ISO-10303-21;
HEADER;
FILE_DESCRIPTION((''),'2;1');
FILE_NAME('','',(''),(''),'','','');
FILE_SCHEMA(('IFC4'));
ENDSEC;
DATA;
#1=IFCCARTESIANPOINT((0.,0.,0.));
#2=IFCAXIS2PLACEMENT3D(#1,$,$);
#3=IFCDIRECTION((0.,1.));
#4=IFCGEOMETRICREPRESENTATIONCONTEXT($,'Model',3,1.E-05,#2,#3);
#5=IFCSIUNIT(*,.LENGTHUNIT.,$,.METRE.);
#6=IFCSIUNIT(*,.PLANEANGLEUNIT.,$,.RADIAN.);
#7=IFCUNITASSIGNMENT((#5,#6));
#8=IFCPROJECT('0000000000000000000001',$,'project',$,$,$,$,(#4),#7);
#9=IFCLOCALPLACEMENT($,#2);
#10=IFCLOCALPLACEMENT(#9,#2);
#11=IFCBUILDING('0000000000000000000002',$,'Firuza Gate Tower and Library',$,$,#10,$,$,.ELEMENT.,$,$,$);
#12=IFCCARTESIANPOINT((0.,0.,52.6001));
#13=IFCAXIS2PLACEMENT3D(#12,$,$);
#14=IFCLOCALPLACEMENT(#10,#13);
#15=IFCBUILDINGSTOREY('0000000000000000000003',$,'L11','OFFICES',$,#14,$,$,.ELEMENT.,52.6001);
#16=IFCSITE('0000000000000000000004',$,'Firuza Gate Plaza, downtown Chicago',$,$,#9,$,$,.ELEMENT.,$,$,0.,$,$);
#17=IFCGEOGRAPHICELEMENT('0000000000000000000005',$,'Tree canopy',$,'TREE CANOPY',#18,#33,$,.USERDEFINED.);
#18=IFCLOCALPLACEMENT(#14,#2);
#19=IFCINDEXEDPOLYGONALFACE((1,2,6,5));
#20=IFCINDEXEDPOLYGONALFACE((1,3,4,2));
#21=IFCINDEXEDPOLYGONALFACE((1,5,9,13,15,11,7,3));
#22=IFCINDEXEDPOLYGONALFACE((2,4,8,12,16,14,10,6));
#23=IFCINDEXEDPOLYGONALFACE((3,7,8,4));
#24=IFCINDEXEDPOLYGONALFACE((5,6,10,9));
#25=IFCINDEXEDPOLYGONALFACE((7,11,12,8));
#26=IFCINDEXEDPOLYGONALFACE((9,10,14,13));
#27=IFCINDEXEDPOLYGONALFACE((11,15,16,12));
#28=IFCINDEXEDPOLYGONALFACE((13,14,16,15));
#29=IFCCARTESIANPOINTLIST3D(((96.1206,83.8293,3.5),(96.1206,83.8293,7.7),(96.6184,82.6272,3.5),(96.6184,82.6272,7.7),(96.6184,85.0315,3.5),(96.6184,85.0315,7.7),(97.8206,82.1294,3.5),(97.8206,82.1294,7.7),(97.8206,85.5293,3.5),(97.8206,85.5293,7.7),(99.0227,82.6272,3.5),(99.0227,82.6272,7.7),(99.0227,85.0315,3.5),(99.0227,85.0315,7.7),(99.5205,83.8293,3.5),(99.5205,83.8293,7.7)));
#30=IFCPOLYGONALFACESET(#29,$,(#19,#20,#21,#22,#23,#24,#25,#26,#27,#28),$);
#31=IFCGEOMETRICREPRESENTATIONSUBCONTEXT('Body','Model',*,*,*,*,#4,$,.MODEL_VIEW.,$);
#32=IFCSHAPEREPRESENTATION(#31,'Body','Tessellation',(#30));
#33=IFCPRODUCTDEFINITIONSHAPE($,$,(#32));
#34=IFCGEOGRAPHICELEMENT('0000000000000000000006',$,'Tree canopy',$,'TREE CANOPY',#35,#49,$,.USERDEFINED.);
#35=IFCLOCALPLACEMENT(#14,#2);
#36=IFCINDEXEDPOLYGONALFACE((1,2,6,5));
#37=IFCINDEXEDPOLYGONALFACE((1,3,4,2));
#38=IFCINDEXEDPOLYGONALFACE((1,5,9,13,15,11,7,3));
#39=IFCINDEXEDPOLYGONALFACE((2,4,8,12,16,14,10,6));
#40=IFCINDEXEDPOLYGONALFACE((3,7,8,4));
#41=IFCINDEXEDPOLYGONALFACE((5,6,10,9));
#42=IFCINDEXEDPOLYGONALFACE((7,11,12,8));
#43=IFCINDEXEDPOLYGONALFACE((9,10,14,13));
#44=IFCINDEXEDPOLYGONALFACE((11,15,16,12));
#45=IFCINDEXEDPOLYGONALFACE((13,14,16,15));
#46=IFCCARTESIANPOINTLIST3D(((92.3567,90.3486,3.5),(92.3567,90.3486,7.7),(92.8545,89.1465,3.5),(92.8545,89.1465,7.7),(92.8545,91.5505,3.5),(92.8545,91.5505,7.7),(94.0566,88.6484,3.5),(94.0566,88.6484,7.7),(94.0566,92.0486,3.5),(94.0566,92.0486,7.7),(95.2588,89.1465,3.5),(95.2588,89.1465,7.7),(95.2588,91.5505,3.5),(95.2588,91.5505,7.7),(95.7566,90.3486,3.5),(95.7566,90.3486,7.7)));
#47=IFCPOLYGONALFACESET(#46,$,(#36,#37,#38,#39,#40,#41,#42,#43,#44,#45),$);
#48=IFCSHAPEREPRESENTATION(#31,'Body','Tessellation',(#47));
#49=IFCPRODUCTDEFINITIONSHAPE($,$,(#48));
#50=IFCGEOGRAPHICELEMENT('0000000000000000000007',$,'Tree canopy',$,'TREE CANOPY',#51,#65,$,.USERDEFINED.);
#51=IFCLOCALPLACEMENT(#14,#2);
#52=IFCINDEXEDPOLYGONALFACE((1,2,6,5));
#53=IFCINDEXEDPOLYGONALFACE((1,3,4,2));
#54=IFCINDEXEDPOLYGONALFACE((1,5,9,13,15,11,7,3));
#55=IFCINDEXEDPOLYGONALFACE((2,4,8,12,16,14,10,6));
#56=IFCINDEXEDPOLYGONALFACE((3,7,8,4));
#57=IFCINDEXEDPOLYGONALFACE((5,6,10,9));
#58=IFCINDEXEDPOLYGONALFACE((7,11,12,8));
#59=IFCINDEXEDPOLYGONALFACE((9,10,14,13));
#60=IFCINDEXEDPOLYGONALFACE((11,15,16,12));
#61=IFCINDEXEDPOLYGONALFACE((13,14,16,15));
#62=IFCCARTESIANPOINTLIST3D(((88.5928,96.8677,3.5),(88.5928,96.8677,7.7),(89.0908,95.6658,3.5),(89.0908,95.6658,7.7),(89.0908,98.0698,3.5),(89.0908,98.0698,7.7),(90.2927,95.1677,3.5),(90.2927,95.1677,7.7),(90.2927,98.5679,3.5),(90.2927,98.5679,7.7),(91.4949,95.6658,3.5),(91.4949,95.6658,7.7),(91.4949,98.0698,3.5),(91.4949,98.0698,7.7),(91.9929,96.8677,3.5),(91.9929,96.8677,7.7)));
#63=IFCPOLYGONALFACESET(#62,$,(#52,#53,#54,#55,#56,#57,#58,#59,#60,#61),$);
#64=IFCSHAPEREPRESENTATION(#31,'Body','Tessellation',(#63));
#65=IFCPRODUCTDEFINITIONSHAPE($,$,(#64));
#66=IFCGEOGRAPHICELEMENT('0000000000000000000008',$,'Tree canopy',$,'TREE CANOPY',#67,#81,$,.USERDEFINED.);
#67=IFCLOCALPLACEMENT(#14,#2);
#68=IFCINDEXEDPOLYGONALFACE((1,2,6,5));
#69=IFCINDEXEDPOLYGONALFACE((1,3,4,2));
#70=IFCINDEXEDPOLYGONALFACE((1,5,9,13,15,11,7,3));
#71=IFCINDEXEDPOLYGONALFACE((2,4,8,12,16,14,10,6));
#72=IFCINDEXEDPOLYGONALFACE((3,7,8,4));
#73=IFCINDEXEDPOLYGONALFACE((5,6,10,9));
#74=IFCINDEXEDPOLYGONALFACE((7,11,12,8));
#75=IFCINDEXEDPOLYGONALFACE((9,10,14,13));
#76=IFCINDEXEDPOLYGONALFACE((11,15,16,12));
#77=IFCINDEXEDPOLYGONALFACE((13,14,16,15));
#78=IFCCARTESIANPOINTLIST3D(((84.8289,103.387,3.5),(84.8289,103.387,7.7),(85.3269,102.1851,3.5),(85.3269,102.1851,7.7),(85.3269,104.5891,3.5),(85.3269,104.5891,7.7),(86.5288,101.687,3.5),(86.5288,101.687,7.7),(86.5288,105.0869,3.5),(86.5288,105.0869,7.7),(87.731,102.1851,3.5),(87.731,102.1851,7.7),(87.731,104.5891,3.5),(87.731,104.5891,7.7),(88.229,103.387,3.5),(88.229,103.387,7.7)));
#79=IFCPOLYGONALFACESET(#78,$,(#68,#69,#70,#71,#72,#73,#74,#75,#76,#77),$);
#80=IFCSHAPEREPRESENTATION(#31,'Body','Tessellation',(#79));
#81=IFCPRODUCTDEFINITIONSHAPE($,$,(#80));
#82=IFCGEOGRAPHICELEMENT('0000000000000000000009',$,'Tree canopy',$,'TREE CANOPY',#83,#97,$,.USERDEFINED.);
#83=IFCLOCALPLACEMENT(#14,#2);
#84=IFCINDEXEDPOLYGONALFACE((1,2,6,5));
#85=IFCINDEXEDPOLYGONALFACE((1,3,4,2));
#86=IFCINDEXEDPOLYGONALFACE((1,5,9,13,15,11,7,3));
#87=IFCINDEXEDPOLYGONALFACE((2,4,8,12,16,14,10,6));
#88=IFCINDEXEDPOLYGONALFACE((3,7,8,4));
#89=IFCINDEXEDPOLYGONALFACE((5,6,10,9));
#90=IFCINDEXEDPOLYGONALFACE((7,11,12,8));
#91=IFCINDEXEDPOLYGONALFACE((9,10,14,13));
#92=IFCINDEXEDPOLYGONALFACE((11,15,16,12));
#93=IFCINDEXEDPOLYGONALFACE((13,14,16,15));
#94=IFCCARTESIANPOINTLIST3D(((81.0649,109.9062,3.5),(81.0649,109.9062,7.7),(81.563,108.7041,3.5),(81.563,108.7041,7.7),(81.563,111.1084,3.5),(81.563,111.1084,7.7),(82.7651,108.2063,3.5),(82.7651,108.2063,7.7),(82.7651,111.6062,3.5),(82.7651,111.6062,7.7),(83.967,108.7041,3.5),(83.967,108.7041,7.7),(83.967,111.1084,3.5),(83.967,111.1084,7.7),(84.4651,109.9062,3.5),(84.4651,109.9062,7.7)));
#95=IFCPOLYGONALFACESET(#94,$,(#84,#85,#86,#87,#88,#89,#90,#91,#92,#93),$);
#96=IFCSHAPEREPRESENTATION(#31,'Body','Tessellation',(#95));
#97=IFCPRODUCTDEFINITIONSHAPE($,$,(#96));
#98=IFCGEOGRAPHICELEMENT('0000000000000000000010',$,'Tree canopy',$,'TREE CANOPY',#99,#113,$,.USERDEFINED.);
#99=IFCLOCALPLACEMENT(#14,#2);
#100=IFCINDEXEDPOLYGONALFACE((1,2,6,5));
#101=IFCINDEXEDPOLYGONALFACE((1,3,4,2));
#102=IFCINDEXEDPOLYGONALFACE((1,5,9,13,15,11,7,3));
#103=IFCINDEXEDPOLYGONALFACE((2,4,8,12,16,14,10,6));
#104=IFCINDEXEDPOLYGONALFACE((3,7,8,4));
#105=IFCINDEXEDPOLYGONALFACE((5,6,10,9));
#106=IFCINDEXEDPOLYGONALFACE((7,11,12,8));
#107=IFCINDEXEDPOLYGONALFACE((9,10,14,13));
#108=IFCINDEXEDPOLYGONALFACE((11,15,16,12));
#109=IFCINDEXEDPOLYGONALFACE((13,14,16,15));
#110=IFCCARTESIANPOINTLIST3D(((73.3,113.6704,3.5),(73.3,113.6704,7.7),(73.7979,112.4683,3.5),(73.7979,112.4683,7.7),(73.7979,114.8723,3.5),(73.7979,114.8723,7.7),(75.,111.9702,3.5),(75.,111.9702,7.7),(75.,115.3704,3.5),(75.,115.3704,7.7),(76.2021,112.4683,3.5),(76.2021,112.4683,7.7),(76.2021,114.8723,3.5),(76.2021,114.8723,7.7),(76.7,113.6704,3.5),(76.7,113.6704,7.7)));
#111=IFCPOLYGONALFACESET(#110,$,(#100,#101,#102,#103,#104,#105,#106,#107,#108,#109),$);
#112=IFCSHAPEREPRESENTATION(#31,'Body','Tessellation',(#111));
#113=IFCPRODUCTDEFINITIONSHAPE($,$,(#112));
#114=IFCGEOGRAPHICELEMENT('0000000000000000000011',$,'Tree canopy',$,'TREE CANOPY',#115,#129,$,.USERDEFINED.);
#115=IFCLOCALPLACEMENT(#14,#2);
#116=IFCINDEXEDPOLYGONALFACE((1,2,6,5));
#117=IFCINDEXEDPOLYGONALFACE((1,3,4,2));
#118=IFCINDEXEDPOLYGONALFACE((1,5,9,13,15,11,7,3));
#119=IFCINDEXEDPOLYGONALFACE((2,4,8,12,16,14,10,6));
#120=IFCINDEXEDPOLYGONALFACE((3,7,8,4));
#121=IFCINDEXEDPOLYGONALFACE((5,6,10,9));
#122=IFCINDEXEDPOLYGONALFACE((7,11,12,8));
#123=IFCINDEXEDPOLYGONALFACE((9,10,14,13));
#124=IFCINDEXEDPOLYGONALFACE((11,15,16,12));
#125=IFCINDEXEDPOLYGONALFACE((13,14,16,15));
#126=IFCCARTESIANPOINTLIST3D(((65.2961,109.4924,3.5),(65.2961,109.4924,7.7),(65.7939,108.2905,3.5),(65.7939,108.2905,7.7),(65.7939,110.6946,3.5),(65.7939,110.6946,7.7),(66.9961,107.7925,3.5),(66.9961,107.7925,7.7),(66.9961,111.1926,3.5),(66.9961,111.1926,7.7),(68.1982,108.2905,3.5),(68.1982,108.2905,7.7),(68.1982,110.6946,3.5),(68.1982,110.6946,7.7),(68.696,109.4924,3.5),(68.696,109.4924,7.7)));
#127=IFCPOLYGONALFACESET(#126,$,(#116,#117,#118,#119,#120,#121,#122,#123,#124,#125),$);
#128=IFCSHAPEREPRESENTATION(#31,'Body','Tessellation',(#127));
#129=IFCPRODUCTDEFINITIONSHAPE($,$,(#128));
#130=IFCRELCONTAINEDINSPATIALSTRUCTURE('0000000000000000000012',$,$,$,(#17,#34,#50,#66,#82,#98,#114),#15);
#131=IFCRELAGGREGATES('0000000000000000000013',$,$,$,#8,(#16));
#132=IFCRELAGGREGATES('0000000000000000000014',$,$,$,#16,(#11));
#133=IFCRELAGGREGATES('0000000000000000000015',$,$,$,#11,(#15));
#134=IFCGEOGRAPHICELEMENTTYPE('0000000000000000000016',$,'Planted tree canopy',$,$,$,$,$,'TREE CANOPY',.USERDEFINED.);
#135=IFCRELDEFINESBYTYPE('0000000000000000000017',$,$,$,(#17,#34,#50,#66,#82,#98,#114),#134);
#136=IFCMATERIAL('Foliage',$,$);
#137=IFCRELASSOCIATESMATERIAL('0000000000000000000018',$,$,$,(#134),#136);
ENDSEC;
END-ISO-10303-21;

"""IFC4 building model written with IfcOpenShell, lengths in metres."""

from ifc_helpers import new_model, si_unit, direction, frame, origin, place, context, subcontext, project, spatial, polyline, outline, extrude, material, type_object, element, save


model = new_model("IFC4")

# Units and contexts
model_context = context("Model", 3, precision=1e-05, world=origin(), true_north=direction((0.0, 1.0)))
body_context = subcontext(model_context, "Body", "Model", "MODEL_VIEW")
ifc_project = project(units=[si_unit("LENGTHUNIT", "METRE"), si_unit("PLANEANGLEUNIT", "RADIAN")], contexts=[model_context])

# Site, building, storey
site_placement = place(None, origin())
site = spatial("IfcSite", under=ifc_project, at=site_placement, Name="Firuza Gate Plaza, downtown Chicago", CompositionType="ELEMENT", RefElevation=0.0)
building_placement = place(site_placement, origin())
building = spatial("IfcBuilding", under=site, at=building_placement, Name="Firuza Gate Tower and Library", CompositionType="ELEMENT")
storey_placement = place(building_placement, frame((0.0, 0.0, 52.6001)))
storey = spatial("IfcBuildingStorey", under=building, at=storey_placement, Name="L11", Description="OFFICES", CompositionType="ELEMENT", Elevation=52.6001)

# Geographic elements
ifc_material_1 = material(Name="Foliage")
geographic_element_type = type_object("IfcGeographicElementType", Name="Planted tree canopy", ElementType="TREE CANOPY", PredefinedType="USERDEFINED", material=ifc_material_1)
placement_1 = place(storey_placement, frame((0.0, 0.0, 3.5)))
element("IfcGeographicElement", 1, at=placement_1, inside=storey, type_object=geographic_element_type, Name="Tree canopy", ObjectType="TREE CANOPY", PredefinedType="USERDEFINED", context=body_context, shape_type="SweptSolid", body=[
    extrude(outline(polyline([(99.5205, 83.8293), (99.0227, 85.0315), (97.8206, 85.5293), (96.6184, 85.0315), (96.1206, 83.8293), (96.6184, 82.6272), (97.8206, 82.1294), (99.0227, 82.6272), (99.5205, 83.8293)])), origin(), (0.0, 0.0, 1.0), 4.2),
])
element("IfcGeographicElement", 2, at=placement_1, inside=storey, type_object=geographic_element_type, Name="Tree canopy", ObjectType="TREE CANOPY", PredefinedType="USERDEFINED", context=body_context, shape_type="SweptSolid", body=[
    extrude(outline(polyline([(95.7566, 90.3486), (95.2588, 91.5505), (94.0566, 92.0486), (92.8545, 91.5505), (92.3567, 90.3486), (92.8545, 89.1465), (94.0566, 88.6484), (95.2588, 89.1465), (95.7566, 90.3486)])), origin(), (0.0, 0.0, 1.0), 4.2),
])
element("IfcGeographicElement", 3, at=placement_1, inside=storey, type_object=geographic_element_type, Name="Tree canopy", ObjectType="TREE CANOPY", PredefinedType="USERDEFINED", context=body_context, shape_type="SweptSolid", body=[
    extrude(outline(polyline([(91.9929, 96.8677), (91.4949, 98.0698), (90.2927, 98.5679), (89.0908, 98.0698), (88.5928, 96.8677), (89.0908, 95.6658), (90.2927, 95.1677), (91.4949, 95.6658), (91.9929, 96.8677)])), origin(), (0.0, 0.0, 1.0), 4.2),
])
element("IfcGeographicElement", 4, at=placement_1, inside=storey, type_object=geographic_element_type, Name="Tree canopy", ObjectType="TREE CANOPY", PredefinedType="USERDEFINED", context=body_context, shape_type="SweptSolid", body=[
    extrude(outline(polyline([(88.229, 103.387), (87.731, 104.5891), (86.5288, 105.0869), (85.3269, 104.5891), (84.8289, 103.387), (85.3269, 102.1851), (86.5288, 101.687), (87.731, 102.1851), (88.229, 103.387)])), origin(), (0.0, 0.0, 1.0), 4.2),
])
element("IfcGeographicElement", 5, at=placement_1, inside=storey, type_object=geographic_element_type, Name="Tree canopy", ObjectType="TREE CANOPY", PredefinedType="USERDEFINED", context=body_context, shape_type="SweptSolid", body=[
    extrude(outline(polyline([(84.4651, 109.9062), (83.967, 111.1084), (82.7651, 111.6062), (81.563, 111.1084), (81.0649, 109.9062), (81.563, 108.7041), (82.7651, 108.2063), (83.967, 108.7041), (84.4651, 109.9062)])), origin(), (0.0, 0.0, 1.0), 4.2),
])
element("IfcGeographicElement", 6, at=placement_1, inside=storey, type_object=geographic_element_type, Name="Tree canopy", ObjectType="TREE CANOPY", PredefinedType="USERDEFINED", context=body_context, shape_type="SweptSolid", body=[
    extrude(outline(polyline([(76.7, 113.6704), (76.2021, 114.8723), (75.0, 115.3704), (73.7979, 114.8723), (73.3, 113.6704), (73.7979, 112.4683), (75.0, 111.9702), (76.2021, 112.4683), (76.7, 113.6704)])), origin(), (0.0, 0.0, 1.0), 4.2),
])
element("IfcGeographicElement", 7, at=placement_1, inside=storey, type_object=geographic_element_type, Name="Tree canopy", ObjectType="TREE CANOPY", PredefinedType="USERDEFINED", context=body_context, shape_type="SweptSolid", body=[
    extrude(outline(polyline([(68.696, 109.4924), (68.1982, 110.6946), (66.9961, 111.1926), (65.7939, 110.6946), (65.2961, 109.4924), (65.7939, 108.2905), (66.9961, 107.7925), (68.1982, 108.2905), (68.696, 109.4924)])), origin(), (0.0, 0.0, 1.0), 4.2),
])

save(model, "model.ifc")
